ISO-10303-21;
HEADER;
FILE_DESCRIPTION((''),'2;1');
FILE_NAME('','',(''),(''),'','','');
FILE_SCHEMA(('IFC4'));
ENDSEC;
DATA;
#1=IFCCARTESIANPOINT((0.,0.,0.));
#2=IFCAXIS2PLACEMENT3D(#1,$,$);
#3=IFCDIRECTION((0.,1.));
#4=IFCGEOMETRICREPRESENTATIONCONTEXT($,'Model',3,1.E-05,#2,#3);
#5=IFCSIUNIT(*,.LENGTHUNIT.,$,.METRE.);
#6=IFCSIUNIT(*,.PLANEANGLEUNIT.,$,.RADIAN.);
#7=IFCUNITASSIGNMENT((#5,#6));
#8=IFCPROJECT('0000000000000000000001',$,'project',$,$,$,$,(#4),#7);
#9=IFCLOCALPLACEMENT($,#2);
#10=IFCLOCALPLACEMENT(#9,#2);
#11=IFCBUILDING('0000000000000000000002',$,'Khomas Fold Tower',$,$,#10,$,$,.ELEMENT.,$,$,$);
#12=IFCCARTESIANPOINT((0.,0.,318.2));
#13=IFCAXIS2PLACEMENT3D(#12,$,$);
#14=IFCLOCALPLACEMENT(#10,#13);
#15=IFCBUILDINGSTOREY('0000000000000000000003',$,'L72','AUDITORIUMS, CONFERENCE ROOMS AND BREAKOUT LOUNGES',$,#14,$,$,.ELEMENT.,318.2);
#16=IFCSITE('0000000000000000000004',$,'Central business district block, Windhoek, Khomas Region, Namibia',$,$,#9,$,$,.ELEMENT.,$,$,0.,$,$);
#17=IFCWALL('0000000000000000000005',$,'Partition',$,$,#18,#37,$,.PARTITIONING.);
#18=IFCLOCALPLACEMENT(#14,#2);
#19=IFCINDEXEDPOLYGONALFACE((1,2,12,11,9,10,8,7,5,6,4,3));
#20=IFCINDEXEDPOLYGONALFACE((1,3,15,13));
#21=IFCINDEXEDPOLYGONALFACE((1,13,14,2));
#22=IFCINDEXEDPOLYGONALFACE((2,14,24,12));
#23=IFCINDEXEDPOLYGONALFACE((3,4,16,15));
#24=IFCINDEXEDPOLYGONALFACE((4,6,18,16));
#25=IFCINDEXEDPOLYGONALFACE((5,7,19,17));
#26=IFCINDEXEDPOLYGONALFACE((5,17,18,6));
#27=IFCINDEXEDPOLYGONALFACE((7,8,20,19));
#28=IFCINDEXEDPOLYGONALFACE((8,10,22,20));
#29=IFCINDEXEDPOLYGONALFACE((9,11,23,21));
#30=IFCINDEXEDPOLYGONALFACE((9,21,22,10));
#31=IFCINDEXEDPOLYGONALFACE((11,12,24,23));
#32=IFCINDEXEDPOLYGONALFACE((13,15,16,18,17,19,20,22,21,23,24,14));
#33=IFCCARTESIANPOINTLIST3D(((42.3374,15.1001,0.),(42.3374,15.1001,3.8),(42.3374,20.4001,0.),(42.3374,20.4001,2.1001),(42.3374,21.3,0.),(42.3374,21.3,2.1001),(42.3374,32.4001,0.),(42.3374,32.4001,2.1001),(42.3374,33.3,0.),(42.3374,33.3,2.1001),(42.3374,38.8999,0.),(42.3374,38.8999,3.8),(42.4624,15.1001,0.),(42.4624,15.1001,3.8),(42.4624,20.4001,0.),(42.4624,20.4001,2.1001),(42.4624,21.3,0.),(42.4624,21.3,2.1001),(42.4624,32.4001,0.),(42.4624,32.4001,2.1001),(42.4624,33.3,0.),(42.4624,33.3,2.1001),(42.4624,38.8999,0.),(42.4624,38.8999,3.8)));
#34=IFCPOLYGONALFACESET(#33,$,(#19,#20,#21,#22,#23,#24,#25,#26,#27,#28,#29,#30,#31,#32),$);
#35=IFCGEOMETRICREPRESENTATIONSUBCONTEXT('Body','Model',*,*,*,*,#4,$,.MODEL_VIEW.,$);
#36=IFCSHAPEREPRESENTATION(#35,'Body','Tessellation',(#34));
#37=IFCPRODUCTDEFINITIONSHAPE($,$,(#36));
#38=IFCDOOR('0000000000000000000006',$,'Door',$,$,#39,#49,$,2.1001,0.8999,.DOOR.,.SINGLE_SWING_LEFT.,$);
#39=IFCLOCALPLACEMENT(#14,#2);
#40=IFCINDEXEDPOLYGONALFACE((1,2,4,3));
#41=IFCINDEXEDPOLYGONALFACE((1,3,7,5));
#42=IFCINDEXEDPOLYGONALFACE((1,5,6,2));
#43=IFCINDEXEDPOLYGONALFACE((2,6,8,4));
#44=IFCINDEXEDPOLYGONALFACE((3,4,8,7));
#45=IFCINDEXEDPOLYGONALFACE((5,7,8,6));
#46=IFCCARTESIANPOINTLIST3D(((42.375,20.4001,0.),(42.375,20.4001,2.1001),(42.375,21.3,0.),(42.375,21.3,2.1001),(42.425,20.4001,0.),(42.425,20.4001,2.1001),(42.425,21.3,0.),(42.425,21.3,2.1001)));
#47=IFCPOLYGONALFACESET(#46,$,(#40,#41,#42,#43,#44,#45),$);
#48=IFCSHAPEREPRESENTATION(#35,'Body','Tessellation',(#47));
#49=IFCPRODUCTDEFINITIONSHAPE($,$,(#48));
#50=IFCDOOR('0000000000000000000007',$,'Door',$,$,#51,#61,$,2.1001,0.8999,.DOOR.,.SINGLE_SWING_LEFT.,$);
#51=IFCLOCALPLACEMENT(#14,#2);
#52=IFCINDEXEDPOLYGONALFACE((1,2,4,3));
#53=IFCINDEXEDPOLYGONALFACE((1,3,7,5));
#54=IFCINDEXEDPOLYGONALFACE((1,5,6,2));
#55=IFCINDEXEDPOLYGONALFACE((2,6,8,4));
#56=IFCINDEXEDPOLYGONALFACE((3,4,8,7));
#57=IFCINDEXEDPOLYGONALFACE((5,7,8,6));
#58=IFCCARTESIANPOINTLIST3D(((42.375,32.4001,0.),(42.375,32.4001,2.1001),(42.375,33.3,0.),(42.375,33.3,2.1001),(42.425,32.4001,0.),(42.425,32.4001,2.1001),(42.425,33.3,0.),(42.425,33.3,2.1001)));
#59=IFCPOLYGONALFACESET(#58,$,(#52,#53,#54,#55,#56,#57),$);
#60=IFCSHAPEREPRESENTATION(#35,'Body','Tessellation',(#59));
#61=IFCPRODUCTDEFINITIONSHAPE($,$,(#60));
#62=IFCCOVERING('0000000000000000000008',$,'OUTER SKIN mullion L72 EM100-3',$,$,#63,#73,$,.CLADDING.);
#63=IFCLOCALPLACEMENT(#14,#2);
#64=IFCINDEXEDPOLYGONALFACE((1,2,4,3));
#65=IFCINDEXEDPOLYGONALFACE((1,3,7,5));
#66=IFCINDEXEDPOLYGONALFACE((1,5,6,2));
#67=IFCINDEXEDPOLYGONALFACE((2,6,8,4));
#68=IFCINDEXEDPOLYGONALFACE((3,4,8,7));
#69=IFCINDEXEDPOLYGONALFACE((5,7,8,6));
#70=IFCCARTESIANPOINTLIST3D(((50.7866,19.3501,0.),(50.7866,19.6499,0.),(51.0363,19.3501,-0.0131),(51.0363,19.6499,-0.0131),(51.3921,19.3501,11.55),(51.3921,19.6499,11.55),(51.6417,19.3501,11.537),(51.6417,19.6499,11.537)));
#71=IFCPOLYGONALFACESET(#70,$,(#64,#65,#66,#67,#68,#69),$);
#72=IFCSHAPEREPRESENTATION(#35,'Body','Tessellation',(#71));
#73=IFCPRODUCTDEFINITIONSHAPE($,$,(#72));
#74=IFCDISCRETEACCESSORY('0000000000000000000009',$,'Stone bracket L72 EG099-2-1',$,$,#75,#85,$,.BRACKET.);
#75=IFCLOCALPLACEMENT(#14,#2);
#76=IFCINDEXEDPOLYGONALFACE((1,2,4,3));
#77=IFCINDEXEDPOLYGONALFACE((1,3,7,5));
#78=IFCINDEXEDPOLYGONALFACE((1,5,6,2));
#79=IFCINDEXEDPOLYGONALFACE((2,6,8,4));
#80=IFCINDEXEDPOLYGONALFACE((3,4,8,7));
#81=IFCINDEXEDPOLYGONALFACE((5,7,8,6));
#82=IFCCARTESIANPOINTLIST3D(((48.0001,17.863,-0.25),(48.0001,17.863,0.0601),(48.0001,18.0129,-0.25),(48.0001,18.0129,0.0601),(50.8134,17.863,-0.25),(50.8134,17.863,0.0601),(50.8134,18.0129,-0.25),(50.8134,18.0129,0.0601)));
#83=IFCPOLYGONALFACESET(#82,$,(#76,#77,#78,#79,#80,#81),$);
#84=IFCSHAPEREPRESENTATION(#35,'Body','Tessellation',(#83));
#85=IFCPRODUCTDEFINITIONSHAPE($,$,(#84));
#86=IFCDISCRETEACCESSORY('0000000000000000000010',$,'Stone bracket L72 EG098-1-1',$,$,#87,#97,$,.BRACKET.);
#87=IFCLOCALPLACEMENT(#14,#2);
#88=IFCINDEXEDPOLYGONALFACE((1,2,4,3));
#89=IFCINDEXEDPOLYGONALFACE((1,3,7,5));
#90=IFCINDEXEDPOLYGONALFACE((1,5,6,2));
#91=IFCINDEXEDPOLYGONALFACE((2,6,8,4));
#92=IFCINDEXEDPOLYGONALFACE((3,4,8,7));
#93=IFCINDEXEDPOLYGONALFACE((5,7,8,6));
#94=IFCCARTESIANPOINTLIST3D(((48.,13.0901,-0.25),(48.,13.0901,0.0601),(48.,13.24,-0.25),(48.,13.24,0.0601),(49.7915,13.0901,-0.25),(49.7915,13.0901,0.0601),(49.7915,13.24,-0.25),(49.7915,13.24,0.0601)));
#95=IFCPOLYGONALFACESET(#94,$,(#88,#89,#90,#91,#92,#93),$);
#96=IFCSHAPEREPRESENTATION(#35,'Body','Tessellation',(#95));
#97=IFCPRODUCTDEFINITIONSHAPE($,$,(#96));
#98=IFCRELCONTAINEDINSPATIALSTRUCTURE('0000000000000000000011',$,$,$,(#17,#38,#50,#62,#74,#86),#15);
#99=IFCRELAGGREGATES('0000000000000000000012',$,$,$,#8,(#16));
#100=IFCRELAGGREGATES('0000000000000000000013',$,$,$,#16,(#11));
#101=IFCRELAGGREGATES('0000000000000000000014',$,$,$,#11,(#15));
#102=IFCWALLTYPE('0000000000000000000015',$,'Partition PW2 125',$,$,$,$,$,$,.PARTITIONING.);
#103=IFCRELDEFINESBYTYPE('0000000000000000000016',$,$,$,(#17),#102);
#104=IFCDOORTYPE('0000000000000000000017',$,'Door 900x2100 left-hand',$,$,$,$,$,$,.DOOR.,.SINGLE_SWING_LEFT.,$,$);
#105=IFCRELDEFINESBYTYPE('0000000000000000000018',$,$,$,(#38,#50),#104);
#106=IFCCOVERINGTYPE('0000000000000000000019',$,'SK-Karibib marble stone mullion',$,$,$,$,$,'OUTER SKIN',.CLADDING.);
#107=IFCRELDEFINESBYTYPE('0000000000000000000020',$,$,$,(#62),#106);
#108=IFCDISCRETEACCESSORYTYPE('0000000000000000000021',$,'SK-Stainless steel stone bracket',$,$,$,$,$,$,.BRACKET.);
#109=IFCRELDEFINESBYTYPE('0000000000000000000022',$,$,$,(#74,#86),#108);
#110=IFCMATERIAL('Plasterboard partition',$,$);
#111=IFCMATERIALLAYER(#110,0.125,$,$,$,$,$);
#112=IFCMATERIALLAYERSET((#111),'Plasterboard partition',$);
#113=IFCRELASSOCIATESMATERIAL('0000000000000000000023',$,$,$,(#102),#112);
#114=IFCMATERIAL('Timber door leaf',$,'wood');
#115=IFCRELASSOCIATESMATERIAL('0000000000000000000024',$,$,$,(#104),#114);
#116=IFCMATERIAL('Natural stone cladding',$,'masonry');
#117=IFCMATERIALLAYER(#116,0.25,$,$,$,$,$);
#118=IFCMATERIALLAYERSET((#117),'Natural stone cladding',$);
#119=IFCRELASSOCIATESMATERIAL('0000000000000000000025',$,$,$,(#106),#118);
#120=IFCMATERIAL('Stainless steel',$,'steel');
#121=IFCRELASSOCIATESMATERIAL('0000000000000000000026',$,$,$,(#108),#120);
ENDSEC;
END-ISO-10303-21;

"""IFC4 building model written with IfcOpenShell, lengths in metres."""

from ifc_helpers import new_model, si_unit, direction, frame, frame_2d, origin, origin_2d, place, context, subcontext, project, spatial, polyline, rectangle, outline, extrude, source, transform, mapped, material, layer, layer_set, type_object, element, fill, save


model = new_model("IFC4")

# Units and contexts
model_context = context("Model", 3, precision=1e-05, world=origin(), true_north=direction((0.0, 1.0)))
body_context = subcontext(model_context, "Body", "Model", "MODEL_VIEW")
ifc_project = project(units=[si_unit("LENGTHUNIT", "METRE"), si_unit("PLANEANGLEUNIT", "RADIAN")], contexts=[model_context])

# Site, building, storey
site_placement = place(None, origin())
site = spatial("IfcSite", under=ifc_project, at=site_placement, Name="Central business district block, Windhoek, Khomas Region, Namibia", CompositionType="ELEMENT", RefElevation=0.0)
building_placement = place(site_placement, origin())
building = spatial("IfcBuilding", under=site, at=building_placement, Name="Khomas Fold Tower", CompositionType="ELEMENT")
storey_placement = place(building_placement, frame((0.0, 0.0, 318.2)))
storey = spatial("IfcBuildingStorey", under=building, at=storey_placement, Name="L72", Description="AUDITORIUMS, CONFERENCE ROOMS AND BREAKOUT LOUNGES", CompositionType="ELEMENT", Elevation=318.2)

# Wall, openings, doors
ifc_material_1 = material(Name="Plasterboard partition")
ifc_layer_1 = layer(ifc_material_1, 0.125)
ifc_layer_set_1 = layer_set([ifc_layer_1], Name="Plasterboard partition")
wall_type_1 = type_object("IfcWallType", Name="Partition PW2 125", PredefinedType="PARTITIONING", material=ifc_layer_set_1)
shared_shape_1 = source(origin(), body_context, "Body", "SweptSolid", [
    extrude(rectangle(XDim=23.7998, YDim=0.125, at=frame_2d((11.8999, 0.0))), origin(), (0.0, 0.0, 1.0), 3.8),
])
wall_1_placement = place(storey_placement, frame((42.3999, 15.1001, 0.0), z_axis=(0.0, 0.0, 1.0), x_axis=(0.0, 1.0, 0.0)))
wall_1 = element("IfcWall", 1, at=wall_1_placement, inside=storey, type_object=wall_type_1, Name="Partition", PredefinedType="PARTITIONING", context=body_context, shape_type="MappedRepresentation", body=[
    mapped(shared_shape_1, transform((0.0, 0.0, 0.0))),
])
shared_shape_2 = source(origin(), body_context, "Body", "SweptSolid", [
    extrude(rectangle(XDim=0.8999, YDim=2.1001, at=frame_2d((0.45, 1.05))), frame((0.0, 0.0725, 0.0), z_axis=(0.0, -1.0, 0.0), x_axis=(1.0, 0.0, 0.0)), (0.0, 0.0, 1.0), 0.145),
])
opening_1_placement = place(wall_1_placement, frame((5.3, 0.0, 0.0)))
opening_1 = element("IfcOpeningElement", 2, at=opening_1_placement, cuts=wall_1, PredefinedType="OPENING", context=body_context, shape_type="MappedRepresentation", body=[
    mapped(shared_shape_2, transform((0.0, 0.0, 0.0))),
])
opening_2_placement = place(wall_1_placement, frame((17.3, 0.0, 0.0)))
opening_2 = element("IfcOpeningElement", 3, at=opening_2_placement, cuts=wall_1, PredefinedType="OPENING", context=body_context, shape_type="MappedRepresentation", body=[
    mapped(shared_shape_2, transform((0.0, 0.0, 0.0))),
])
ifc_material_2 = material(Name="Timber door leaf", Category="wood")
door_type = type_object("IfcDoorType", Name="Door 900x2100 left-hand", OperationType="SINGLE_SWING_LEFT", PredefinedType="DOOR", material=ifc_material_2)
shared_shape_3 = source(origin(), body_context, "Body", "SweptSolid", [
    extrude(rectangle(XDim=0.8999, YDim=2.1001, at=frame_2d((0.45, 1.05))), frame((0.0, 0.0249, 0.0), z_axis=(0.0, -1.0, 0.0), x_axis=(1.0, 0.0, 0.0)), (0.0, 0.0, 1.0), 0.05),
])
door_1_placement = place(opening_1_placement, origin())
door_1 = element("IfcDoor", 4, at=door_1_placement, inside=storey, type_object=door_type, Name="Door", OperationType="SINGLE_SWING_LEFT", OverallHeight=2.1001, OverallWidth=0.8999, PredefinedType="DOOR", context=body_context, shape_type="MappedRepresentation", body=[
    mapped(shared_shape_3, transform((0.0, 0.0, 0.0))),
])
fill(opening_1, door_1)
door_2_placement = place(opening_2_placement, origin())
door_2 = element("IfcDoor", 5, at=door_2_placement, inside=storey, type_object=door_type, Name="Door", OperationType="SINGLE_SWING_LEFT", OverallHeight=2.1001, OverallWidth=0.8999, PredefinedType="DOOR", context=body_context, shape_type="MappedRepresentation", body=[
    mapped(shared_shape_3, transform((0.0, 0.0, 0.0))),
])
fill(opening_2, door_2)

# Covering
ifc_material_3 = material(Name="Natural stone cladding", Category="masonry")
ifc_layer_2 = layer(ifc_material_3, 0.25)
ifc_layer_set_2 = layer_set([ifc_layer_2], Name="Natural stone cladding")
covering_type = type_object("IfcCoveringType", Name="SK-Karibib marble stone mullion", ElementType="OUTER SKIN", PredefinedType="CLADDING", material=ifc_layer_set_2)
covering_placement = place(storey_placement, frame((50.7866, 19.3501, 0.0), z_axis=(-0.998629, 0.0, 0.052349), x_axis=(0.052349, 0.0, 0.998629)))
element("IfcCovering", 6, at=covering_placement, inside=storey, type_object=covering_type, Name="OUTER SKIN mullion L72 EM100-3", PredefinedType="CLADDING", context=body_context, shape_type="SweptSolid", body=[
    extrude(outline(polyline([(0.0, 0.0), (11.5659, 0.0), (11.5659, 0.2998), (0.0, 0.2998), (0.0, 0.0)])), origin(), (0.0, 0.0, -1.0), 0.25),
])

# Discrete accessories
ifc_material_4 = material(Name="Stainless steel", Category="steel")
discrete_accessory_type = type_object("IfcDiscreteAccessoryType", Name="SK-Stainless steel stone bracket", PredefinedType="BRACKET", material=ifc_material_4)
shared_shape_4 = source(origin(), body_context, "Body", "SweptSolid", [
    extrude(rectangle(XDim=2.8132, YDim=0.1499, at=origin_2d()), origin(), (0.0, 0.0, 1.0), 0.3101),
])
discrete_accessory_1_placement = place(storey_placement, frame((49.4067, 17.938, -0.25), z_axis=(0.0, 0.0, 1.0), x_axis=(1.0, 0.0, 0.0)))
element("IfcDiscreteAccessory", 7, at=discrete_accessory_1_placement, inside=storey, type_object=discrete_accessory_type, Name="Stone bracket L72 EG099-2-1", PredefinedType="BRACKET", context=body_context, shape_type="MappedRepresentation", body=[
    mapped(shared_shape_4, transform((0.0, 0.0, 0.0))),
])
shared_shape_5 = source(origin(), body_context, "Body", "SweptSolid", [
    extrude(rectangle(XDim=1.7915, YDim=0.1499, at=origin_2d()), origin(), (0.0, 0.0, 1.0), 0.3101),
])
discrete_accessory_2_placement = place(storey_placement, frame((48.8958, 13.165, -0.25), z_axis=(0.0, 0.0, 1.0), x_axis=(1.0, 0.0, 0.0)))
element("IfcDiscreteAccessory", 8, at=discrete_accessory_2_placement, inside=storey, type_object=discrete_accessory_type, Name="Stone bracket L72 EG098-1-1", PredefinedType="BRACKET", context=body_context, shape_type="MappedRepresentation", body=[
    mapped(shared_shape_5, transform((0.0, 0.0, 0.0))),
])

save(model, "model.ifc")
